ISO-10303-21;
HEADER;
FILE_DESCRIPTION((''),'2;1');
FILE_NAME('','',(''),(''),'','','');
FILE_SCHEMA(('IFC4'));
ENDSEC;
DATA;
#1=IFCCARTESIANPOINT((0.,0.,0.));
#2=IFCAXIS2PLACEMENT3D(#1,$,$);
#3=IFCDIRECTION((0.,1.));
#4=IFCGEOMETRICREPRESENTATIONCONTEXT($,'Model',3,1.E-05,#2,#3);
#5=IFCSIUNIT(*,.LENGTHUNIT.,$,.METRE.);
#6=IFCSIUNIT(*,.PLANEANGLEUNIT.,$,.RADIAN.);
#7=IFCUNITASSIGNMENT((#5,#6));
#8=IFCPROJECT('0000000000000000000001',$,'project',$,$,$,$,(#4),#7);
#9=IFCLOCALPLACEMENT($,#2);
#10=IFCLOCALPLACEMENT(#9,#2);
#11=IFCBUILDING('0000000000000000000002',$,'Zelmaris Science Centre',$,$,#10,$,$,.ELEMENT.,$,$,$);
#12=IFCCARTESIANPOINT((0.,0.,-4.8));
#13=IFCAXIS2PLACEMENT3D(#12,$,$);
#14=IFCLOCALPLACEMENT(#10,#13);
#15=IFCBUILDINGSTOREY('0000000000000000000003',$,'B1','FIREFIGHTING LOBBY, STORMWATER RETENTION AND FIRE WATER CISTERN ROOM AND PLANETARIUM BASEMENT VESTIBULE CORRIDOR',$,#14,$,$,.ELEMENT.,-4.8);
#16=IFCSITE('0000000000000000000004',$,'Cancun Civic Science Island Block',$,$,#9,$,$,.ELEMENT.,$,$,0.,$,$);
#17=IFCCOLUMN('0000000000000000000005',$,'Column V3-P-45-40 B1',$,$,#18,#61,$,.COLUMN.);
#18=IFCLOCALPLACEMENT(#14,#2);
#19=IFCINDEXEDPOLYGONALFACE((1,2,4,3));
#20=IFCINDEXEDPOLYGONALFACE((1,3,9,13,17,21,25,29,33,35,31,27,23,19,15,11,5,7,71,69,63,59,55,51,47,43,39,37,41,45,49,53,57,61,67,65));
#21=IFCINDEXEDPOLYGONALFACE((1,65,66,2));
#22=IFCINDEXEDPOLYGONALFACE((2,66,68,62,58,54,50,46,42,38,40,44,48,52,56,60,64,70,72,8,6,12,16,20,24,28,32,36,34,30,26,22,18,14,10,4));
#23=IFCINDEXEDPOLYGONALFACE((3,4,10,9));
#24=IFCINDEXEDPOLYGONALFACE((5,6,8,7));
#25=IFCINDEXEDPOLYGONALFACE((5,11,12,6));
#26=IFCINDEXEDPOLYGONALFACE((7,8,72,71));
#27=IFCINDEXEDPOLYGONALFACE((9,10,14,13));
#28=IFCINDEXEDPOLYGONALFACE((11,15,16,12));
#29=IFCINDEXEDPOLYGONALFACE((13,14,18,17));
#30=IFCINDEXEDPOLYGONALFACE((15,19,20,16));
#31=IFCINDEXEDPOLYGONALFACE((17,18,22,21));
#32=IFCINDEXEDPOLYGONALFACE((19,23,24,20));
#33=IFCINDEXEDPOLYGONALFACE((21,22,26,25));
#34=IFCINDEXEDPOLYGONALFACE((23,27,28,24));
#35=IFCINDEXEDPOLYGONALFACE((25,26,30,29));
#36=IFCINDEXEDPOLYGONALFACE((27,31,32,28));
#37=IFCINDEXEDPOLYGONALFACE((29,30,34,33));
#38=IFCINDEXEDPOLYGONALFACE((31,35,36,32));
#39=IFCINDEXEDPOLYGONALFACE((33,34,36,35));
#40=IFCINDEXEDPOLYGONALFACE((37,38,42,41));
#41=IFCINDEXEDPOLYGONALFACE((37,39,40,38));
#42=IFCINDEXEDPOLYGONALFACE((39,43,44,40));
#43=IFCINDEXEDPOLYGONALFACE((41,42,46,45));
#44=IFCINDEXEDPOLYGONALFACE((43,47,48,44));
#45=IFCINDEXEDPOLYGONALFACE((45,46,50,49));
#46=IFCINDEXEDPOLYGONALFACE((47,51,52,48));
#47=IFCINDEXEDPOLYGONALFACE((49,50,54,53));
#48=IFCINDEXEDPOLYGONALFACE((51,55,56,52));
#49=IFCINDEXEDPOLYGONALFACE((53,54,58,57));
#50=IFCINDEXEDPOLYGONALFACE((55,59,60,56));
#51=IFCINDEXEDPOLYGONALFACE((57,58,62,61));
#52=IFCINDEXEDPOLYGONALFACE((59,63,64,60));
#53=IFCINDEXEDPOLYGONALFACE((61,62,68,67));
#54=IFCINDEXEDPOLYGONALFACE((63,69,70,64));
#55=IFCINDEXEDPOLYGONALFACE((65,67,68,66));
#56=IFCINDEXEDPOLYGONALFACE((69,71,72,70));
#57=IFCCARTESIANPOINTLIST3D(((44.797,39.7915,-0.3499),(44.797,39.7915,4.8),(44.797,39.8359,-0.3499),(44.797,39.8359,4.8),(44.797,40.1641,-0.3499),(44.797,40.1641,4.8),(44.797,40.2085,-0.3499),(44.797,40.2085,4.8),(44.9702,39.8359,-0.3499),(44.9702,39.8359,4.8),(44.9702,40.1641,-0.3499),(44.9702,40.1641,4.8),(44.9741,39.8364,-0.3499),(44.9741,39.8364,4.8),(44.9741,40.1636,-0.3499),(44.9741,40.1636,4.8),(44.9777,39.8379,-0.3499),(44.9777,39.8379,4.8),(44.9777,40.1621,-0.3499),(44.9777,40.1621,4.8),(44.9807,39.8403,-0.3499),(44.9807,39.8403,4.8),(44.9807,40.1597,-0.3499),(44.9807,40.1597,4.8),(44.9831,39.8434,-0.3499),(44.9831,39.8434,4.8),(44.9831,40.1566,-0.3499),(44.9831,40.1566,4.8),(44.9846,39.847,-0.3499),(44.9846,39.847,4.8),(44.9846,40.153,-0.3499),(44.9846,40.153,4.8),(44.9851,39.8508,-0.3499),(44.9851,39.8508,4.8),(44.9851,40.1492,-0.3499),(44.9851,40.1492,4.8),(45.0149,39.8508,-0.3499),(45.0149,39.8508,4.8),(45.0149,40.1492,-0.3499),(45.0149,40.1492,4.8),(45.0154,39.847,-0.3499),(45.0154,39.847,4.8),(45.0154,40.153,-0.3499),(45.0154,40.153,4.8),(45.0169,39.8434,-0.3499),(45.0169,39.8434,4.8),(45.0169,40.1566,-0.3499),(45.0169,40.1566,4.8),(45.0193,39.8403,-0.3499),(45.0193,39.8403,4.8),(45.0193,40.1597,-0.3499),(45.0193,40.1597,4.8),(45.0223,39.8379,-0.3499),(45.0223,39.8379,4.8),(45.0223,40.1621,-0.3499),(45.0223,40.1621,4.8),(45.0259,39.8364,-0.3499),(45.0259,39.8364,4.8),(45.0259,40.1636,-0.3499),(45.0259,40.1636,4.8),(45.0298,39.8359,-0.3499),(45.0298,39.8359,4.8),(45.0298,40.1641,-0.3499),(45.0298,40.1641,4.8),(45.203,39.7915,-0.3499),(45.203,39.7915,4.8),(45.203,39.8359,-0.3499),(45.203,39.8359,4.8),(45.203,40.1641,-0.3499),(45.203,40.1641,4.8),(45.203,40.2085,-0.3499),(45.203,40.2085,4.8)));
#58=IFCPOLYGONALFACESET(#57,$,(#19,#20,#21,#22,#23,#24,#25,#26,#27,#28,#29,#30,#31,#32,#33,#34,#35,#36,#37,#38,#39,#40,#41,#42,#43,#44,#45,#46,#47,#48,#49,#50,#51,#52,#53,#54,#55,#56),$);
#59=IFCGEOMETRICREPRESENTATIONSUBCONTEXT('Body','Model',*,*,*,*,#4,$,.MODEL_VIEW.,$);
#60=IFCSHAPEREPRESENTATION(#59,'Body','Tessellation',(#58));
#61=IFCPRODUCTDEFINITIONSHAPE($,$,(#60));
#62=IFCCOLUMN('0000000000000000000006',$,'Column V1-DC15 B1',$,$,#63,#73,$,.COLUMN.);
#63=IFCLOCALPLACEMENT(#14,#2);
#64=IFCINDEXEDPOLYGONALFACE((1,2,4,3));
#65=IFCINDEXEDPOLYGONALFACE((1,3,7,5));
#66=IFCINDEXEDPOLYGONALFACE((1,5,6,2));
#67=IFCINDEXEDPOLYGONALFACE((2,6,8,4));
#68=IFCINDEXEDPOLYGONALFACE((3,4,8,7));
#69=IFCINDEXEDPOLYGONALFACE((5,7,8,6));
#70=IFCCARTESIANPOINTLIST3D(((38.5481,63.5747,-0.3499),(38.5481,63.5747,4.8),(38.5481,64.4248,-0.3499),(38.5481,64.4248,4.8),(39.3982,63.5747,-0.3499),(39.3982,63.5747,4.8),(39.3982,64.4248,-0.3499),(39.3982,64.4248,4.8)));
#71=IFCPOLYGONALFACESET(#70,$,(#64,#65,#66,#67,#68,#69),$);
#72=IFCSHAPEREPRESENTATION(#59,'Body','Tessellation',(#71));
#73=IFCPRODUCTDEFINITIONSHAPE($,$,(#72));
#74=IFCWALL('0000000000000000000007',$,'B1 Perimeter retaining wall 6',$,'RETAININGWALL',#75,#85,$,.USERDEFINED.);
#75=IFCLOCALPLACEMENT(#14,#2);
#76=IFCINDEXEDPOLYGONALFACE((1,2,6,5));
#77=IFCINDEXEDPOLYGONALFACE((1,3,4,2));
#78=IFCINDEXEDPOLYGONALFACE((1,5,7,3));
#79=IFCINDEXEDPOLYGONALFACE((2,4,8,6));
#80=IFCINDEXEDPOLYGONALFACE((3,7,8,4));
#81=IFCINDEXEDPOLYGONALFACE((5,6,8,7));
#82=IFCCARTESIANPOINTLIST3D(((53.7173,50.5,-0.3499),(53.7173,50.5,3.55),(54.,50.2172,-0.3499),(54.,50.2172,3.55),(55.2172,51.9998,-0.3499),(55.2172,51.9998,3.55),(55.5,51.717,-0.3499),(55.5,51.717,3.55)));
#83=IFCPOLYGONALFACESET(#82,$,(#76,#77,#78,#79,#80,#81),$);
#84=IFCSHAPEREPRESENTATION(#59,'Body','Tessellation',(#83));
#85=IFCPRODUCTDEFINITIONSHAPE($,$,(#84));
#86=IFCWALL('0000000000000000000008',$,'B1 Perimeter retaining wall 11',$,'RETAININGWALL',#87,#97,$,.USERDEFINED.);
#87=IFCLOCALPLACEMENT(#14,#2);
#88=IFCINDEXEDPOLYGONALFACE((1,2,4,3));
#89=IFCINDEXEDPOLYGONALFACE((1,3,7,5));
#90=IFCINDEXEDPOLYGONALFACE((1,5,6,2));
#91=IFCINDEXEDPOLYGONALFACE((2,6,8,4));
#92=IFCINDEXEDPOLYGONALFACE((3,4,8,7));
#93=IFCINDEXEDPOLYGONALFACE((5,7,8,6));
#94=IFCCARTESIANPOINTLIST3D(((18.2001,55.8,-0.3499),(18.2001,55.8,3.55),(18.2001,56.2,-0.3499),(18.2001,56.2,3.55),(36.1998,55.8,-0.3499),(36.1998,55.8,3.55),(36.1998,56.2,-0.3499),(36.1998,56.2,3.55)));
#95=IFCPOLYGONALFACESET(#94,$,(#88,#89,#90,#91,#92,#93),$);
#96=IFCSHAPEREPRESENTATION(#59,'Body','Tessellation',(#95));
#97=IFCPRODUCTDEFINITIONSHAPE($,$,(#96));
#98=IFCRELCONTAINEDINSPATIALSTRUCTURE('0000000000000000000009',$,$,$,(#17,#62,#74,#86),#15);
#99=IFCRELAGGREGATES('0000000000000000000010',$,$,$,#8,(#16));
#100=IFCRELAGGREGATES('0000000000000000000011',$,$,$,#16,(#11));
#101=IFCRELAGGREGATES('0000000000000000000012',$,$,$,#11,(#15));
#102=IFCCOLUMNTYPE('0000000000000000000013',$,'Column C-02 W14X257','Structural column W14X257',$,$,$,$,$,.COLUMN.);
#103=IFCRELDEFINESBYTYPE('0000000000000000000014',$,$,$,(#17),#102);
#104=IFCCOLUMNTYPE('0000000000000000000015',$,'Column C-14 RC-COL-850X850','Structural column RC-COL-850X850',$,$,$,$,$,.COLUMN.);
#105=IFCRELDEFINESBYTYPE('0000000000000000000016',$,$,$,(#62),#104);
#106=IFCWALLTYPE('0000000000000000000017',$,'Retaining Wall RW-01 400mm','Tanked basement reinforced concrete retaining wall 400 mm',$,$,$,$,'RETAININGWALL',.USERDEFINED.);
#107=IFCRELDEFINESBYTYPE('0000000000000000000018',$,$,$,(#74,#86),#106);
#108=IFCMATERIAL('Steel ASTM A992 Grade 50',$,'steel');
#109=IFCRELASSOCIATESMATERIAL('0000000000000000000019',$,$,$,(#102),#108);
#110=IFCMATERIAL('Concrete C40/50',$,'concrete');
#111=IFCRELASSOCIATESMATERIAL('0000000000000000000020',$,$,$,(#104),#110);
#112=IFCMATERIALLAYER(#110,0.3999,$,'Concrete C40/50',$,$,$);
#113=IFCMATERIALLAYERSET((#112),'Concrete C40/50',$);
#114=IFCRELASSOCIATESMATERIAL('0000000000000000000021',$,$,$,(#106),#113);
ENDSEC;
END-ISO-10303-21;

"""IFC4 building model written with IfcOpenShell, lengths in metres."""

from ifc_helpers import new_model, si_unit, direction, frame, frame_2d, origin, origin_2d, place, context, subcontext, project, spatial, rectangle, i_section, extrude, material, layer, layer_set, material_profile, profile_set, type_object, element, save


model = new_model("IFC4")

# Units and contexts
model_context = context("Model", 3, precision=1e-05, world=origin(), true_north=direction((0.0, 1.0)))
body_context = subcontext(model_context, "Body", "Model", "MODEL_VIEW")
ifc_project = project(units=[si_unit("LENGTHUNIT", "METRE"), si_unit("PLANEANGLEUNIT", "RADIAN")], contexts=[model_context])

# Site, building, storey
site_placement = place(None, origin())
site = spatial("IfcSite", under=ifc_project, at=site_placement, Name="Cancun Civic Science Island Block", CompositionType="ELEMENT", RefElevation=0.0)
building_placement = place(site_placement, origin())
building = spatial("IfcBuilding", under=site, at=building_placement, Name="Zelmaris Science Centre", CompositionType="ELEMENT")
storey_placement = place(building_placement, frame((0.0, 0.0, -4.8)))
storey = spatial("IfcBuildingStorey", under=building, at=storey_placement, Name="B1", Description="FIREFIGHTING LOBBY, STORMWATER RETENTION AND FIRE WATER CISTERN ROOM AND PLANETARIUM BASEMENT VESTIBULE CORRIDOR", CompositionType="ELEMENT", Elevation=-4.8)

# Shared definitions
ifc_material_1 = material(Name="Concrete C40/50", Category="concrete")

# Columns
ifc_material_2 = material(Name="Steel ASTM A992 Grade 50", Category="steel")
ifc_material_profile_1 = material_profile(ifc_material_2, i_section(OverallWidth=0.406, OverallDepth=0.417, WebThickness=0.0298, FlangeThickness=0.0444, FilletRadius=0.0149, at=origin_2d()), Name="W14X257")
ifc_profile_set_1 = profile_set([ifc_material_profile_1], Name="Steel ASTM A992 Grade 50")
column_type_1 = type_object("IfcColumnType", Name="Column C-02 W14X257", Description="Structural column W14X257", PredefinedType="COLUMN", material=ifc_profile_set_1)
column_1_placement = place(storey_placement, frame((45.0, 40.0, -0.3499), z_axis=(0.0, 0.0, 1.0), x_axis=(1.0, 0.0, 0.0)))
element("IfcColumn", 1, at=column_1_placement, inside=storey, type_object=column_type_1, Name="Column V3-P-45-40 B1", PredefinedType="COLUMN", context=body_context, shape_type="SweptSolid", body=[
    extrude(i_section(OverallWidth=0.406, OverallDepth=0.417, WebThickness=0.0298, FlangeThickness=0.0444, FilletRadius=0.0149, at=origin_2d()), origin(), (0.0, 0.0, 1.0), 5.1499),
])
ifc_material_profile_2 = material_profile(ifc_material_1, rectangle(XDim=0.8501, YDim=0.8501, at=origin_2d()), Name="RC-COL-850X850")
ifc_profile_set_2 = profile_set([ifc_material_profile_2], Name="Concrete C40/50")
column_type_2 = type_object("IfcColumnType", Name="Column C-14 RC-COL-850X850", Description="Structural column RC-COL-850X850", PredefinedType="COLUMN", material=ifc_profile_set_2)
column_2_placement = place(storey_placement, frame((38.9731, 63.9998, -0.3499), z_axis=(0.0, 0.0, 1.0), x_axis=(1.0, 0.0, 0.0)))
element("IfcColumn", 2, at=column_2_placement, inside=storey, type_object=column_type_2, Name="Column V1-DC15 B1", PredefinedType="COLUMN", context=body_context, shape_type="SweptSolid", body=[
    extrude(rectangle(XDim=0.8501, YDim=0.8501, at=origin_2d()), origin(), (0.0, 0.0, 1.0), 5.1499),
])

# Walls
ifc_layer = layer(ifc_material_1, 0.3999, Name="Concrete C40/50")
ifc_layer_set = layer_set([ifc_layer], Name="Concrete C40/50")
wall_type = type_object("IfcWallType", Name="Retaining Wall RW-01 400mm", Description="Tanked basement reinforced concrete retaining wall 400 mm", ElementType="RETAININGWALL", PredefinedType="USERDEFINED", material=ifc_layer_set)
wall_1_placement = place(storey_placement, frame((53.8586, 50.3586, -0.3499), z_axis=(0.0, 0.0, 1.0), x_axis=(0.707164, 0.707049, 0.0)))
element("IfcWall", 3, at=wall_1_placement, inside=storey, type_object=wall_type, Name="B1 Perimeter retaining wall 6", ObjectType="RETAININGWALL", PredefinedType="USERDEFINED", context=body_context, shape_type="SweptSolid", body=[
    extrude(rectangle(XDim=2.1211, YDim=0.3999, at=frame_2d((1.0605, 0.0))), origin(), (0.0, 0.0, 1.0), 3.8999),
])
wall_2_placement = place(storey_placement, frame((36.2, 56.0, -0.3499), z_axis=(0.0, 0.0, 1.0), x_axis=(-1.0, 0.0, 0.0)))
element("IfcWall", 4, at=wall_2_placement, inside=storey, type_object=wall_type, Name="B1 Perimeter retaining wall 11", ObjectType="RETAININGWALL", PredefinedType="USERDEFINED", context=body_context, shape_type="SweptSolid", body=[
    extrude(rectangle(XDim=17.9998, YDim=0.3999, at=frame_2d((9.0, 0.0))), origin(), (0.0, 0.0, 1.0), 3.8999),
])

save(model, "model.ifc")
